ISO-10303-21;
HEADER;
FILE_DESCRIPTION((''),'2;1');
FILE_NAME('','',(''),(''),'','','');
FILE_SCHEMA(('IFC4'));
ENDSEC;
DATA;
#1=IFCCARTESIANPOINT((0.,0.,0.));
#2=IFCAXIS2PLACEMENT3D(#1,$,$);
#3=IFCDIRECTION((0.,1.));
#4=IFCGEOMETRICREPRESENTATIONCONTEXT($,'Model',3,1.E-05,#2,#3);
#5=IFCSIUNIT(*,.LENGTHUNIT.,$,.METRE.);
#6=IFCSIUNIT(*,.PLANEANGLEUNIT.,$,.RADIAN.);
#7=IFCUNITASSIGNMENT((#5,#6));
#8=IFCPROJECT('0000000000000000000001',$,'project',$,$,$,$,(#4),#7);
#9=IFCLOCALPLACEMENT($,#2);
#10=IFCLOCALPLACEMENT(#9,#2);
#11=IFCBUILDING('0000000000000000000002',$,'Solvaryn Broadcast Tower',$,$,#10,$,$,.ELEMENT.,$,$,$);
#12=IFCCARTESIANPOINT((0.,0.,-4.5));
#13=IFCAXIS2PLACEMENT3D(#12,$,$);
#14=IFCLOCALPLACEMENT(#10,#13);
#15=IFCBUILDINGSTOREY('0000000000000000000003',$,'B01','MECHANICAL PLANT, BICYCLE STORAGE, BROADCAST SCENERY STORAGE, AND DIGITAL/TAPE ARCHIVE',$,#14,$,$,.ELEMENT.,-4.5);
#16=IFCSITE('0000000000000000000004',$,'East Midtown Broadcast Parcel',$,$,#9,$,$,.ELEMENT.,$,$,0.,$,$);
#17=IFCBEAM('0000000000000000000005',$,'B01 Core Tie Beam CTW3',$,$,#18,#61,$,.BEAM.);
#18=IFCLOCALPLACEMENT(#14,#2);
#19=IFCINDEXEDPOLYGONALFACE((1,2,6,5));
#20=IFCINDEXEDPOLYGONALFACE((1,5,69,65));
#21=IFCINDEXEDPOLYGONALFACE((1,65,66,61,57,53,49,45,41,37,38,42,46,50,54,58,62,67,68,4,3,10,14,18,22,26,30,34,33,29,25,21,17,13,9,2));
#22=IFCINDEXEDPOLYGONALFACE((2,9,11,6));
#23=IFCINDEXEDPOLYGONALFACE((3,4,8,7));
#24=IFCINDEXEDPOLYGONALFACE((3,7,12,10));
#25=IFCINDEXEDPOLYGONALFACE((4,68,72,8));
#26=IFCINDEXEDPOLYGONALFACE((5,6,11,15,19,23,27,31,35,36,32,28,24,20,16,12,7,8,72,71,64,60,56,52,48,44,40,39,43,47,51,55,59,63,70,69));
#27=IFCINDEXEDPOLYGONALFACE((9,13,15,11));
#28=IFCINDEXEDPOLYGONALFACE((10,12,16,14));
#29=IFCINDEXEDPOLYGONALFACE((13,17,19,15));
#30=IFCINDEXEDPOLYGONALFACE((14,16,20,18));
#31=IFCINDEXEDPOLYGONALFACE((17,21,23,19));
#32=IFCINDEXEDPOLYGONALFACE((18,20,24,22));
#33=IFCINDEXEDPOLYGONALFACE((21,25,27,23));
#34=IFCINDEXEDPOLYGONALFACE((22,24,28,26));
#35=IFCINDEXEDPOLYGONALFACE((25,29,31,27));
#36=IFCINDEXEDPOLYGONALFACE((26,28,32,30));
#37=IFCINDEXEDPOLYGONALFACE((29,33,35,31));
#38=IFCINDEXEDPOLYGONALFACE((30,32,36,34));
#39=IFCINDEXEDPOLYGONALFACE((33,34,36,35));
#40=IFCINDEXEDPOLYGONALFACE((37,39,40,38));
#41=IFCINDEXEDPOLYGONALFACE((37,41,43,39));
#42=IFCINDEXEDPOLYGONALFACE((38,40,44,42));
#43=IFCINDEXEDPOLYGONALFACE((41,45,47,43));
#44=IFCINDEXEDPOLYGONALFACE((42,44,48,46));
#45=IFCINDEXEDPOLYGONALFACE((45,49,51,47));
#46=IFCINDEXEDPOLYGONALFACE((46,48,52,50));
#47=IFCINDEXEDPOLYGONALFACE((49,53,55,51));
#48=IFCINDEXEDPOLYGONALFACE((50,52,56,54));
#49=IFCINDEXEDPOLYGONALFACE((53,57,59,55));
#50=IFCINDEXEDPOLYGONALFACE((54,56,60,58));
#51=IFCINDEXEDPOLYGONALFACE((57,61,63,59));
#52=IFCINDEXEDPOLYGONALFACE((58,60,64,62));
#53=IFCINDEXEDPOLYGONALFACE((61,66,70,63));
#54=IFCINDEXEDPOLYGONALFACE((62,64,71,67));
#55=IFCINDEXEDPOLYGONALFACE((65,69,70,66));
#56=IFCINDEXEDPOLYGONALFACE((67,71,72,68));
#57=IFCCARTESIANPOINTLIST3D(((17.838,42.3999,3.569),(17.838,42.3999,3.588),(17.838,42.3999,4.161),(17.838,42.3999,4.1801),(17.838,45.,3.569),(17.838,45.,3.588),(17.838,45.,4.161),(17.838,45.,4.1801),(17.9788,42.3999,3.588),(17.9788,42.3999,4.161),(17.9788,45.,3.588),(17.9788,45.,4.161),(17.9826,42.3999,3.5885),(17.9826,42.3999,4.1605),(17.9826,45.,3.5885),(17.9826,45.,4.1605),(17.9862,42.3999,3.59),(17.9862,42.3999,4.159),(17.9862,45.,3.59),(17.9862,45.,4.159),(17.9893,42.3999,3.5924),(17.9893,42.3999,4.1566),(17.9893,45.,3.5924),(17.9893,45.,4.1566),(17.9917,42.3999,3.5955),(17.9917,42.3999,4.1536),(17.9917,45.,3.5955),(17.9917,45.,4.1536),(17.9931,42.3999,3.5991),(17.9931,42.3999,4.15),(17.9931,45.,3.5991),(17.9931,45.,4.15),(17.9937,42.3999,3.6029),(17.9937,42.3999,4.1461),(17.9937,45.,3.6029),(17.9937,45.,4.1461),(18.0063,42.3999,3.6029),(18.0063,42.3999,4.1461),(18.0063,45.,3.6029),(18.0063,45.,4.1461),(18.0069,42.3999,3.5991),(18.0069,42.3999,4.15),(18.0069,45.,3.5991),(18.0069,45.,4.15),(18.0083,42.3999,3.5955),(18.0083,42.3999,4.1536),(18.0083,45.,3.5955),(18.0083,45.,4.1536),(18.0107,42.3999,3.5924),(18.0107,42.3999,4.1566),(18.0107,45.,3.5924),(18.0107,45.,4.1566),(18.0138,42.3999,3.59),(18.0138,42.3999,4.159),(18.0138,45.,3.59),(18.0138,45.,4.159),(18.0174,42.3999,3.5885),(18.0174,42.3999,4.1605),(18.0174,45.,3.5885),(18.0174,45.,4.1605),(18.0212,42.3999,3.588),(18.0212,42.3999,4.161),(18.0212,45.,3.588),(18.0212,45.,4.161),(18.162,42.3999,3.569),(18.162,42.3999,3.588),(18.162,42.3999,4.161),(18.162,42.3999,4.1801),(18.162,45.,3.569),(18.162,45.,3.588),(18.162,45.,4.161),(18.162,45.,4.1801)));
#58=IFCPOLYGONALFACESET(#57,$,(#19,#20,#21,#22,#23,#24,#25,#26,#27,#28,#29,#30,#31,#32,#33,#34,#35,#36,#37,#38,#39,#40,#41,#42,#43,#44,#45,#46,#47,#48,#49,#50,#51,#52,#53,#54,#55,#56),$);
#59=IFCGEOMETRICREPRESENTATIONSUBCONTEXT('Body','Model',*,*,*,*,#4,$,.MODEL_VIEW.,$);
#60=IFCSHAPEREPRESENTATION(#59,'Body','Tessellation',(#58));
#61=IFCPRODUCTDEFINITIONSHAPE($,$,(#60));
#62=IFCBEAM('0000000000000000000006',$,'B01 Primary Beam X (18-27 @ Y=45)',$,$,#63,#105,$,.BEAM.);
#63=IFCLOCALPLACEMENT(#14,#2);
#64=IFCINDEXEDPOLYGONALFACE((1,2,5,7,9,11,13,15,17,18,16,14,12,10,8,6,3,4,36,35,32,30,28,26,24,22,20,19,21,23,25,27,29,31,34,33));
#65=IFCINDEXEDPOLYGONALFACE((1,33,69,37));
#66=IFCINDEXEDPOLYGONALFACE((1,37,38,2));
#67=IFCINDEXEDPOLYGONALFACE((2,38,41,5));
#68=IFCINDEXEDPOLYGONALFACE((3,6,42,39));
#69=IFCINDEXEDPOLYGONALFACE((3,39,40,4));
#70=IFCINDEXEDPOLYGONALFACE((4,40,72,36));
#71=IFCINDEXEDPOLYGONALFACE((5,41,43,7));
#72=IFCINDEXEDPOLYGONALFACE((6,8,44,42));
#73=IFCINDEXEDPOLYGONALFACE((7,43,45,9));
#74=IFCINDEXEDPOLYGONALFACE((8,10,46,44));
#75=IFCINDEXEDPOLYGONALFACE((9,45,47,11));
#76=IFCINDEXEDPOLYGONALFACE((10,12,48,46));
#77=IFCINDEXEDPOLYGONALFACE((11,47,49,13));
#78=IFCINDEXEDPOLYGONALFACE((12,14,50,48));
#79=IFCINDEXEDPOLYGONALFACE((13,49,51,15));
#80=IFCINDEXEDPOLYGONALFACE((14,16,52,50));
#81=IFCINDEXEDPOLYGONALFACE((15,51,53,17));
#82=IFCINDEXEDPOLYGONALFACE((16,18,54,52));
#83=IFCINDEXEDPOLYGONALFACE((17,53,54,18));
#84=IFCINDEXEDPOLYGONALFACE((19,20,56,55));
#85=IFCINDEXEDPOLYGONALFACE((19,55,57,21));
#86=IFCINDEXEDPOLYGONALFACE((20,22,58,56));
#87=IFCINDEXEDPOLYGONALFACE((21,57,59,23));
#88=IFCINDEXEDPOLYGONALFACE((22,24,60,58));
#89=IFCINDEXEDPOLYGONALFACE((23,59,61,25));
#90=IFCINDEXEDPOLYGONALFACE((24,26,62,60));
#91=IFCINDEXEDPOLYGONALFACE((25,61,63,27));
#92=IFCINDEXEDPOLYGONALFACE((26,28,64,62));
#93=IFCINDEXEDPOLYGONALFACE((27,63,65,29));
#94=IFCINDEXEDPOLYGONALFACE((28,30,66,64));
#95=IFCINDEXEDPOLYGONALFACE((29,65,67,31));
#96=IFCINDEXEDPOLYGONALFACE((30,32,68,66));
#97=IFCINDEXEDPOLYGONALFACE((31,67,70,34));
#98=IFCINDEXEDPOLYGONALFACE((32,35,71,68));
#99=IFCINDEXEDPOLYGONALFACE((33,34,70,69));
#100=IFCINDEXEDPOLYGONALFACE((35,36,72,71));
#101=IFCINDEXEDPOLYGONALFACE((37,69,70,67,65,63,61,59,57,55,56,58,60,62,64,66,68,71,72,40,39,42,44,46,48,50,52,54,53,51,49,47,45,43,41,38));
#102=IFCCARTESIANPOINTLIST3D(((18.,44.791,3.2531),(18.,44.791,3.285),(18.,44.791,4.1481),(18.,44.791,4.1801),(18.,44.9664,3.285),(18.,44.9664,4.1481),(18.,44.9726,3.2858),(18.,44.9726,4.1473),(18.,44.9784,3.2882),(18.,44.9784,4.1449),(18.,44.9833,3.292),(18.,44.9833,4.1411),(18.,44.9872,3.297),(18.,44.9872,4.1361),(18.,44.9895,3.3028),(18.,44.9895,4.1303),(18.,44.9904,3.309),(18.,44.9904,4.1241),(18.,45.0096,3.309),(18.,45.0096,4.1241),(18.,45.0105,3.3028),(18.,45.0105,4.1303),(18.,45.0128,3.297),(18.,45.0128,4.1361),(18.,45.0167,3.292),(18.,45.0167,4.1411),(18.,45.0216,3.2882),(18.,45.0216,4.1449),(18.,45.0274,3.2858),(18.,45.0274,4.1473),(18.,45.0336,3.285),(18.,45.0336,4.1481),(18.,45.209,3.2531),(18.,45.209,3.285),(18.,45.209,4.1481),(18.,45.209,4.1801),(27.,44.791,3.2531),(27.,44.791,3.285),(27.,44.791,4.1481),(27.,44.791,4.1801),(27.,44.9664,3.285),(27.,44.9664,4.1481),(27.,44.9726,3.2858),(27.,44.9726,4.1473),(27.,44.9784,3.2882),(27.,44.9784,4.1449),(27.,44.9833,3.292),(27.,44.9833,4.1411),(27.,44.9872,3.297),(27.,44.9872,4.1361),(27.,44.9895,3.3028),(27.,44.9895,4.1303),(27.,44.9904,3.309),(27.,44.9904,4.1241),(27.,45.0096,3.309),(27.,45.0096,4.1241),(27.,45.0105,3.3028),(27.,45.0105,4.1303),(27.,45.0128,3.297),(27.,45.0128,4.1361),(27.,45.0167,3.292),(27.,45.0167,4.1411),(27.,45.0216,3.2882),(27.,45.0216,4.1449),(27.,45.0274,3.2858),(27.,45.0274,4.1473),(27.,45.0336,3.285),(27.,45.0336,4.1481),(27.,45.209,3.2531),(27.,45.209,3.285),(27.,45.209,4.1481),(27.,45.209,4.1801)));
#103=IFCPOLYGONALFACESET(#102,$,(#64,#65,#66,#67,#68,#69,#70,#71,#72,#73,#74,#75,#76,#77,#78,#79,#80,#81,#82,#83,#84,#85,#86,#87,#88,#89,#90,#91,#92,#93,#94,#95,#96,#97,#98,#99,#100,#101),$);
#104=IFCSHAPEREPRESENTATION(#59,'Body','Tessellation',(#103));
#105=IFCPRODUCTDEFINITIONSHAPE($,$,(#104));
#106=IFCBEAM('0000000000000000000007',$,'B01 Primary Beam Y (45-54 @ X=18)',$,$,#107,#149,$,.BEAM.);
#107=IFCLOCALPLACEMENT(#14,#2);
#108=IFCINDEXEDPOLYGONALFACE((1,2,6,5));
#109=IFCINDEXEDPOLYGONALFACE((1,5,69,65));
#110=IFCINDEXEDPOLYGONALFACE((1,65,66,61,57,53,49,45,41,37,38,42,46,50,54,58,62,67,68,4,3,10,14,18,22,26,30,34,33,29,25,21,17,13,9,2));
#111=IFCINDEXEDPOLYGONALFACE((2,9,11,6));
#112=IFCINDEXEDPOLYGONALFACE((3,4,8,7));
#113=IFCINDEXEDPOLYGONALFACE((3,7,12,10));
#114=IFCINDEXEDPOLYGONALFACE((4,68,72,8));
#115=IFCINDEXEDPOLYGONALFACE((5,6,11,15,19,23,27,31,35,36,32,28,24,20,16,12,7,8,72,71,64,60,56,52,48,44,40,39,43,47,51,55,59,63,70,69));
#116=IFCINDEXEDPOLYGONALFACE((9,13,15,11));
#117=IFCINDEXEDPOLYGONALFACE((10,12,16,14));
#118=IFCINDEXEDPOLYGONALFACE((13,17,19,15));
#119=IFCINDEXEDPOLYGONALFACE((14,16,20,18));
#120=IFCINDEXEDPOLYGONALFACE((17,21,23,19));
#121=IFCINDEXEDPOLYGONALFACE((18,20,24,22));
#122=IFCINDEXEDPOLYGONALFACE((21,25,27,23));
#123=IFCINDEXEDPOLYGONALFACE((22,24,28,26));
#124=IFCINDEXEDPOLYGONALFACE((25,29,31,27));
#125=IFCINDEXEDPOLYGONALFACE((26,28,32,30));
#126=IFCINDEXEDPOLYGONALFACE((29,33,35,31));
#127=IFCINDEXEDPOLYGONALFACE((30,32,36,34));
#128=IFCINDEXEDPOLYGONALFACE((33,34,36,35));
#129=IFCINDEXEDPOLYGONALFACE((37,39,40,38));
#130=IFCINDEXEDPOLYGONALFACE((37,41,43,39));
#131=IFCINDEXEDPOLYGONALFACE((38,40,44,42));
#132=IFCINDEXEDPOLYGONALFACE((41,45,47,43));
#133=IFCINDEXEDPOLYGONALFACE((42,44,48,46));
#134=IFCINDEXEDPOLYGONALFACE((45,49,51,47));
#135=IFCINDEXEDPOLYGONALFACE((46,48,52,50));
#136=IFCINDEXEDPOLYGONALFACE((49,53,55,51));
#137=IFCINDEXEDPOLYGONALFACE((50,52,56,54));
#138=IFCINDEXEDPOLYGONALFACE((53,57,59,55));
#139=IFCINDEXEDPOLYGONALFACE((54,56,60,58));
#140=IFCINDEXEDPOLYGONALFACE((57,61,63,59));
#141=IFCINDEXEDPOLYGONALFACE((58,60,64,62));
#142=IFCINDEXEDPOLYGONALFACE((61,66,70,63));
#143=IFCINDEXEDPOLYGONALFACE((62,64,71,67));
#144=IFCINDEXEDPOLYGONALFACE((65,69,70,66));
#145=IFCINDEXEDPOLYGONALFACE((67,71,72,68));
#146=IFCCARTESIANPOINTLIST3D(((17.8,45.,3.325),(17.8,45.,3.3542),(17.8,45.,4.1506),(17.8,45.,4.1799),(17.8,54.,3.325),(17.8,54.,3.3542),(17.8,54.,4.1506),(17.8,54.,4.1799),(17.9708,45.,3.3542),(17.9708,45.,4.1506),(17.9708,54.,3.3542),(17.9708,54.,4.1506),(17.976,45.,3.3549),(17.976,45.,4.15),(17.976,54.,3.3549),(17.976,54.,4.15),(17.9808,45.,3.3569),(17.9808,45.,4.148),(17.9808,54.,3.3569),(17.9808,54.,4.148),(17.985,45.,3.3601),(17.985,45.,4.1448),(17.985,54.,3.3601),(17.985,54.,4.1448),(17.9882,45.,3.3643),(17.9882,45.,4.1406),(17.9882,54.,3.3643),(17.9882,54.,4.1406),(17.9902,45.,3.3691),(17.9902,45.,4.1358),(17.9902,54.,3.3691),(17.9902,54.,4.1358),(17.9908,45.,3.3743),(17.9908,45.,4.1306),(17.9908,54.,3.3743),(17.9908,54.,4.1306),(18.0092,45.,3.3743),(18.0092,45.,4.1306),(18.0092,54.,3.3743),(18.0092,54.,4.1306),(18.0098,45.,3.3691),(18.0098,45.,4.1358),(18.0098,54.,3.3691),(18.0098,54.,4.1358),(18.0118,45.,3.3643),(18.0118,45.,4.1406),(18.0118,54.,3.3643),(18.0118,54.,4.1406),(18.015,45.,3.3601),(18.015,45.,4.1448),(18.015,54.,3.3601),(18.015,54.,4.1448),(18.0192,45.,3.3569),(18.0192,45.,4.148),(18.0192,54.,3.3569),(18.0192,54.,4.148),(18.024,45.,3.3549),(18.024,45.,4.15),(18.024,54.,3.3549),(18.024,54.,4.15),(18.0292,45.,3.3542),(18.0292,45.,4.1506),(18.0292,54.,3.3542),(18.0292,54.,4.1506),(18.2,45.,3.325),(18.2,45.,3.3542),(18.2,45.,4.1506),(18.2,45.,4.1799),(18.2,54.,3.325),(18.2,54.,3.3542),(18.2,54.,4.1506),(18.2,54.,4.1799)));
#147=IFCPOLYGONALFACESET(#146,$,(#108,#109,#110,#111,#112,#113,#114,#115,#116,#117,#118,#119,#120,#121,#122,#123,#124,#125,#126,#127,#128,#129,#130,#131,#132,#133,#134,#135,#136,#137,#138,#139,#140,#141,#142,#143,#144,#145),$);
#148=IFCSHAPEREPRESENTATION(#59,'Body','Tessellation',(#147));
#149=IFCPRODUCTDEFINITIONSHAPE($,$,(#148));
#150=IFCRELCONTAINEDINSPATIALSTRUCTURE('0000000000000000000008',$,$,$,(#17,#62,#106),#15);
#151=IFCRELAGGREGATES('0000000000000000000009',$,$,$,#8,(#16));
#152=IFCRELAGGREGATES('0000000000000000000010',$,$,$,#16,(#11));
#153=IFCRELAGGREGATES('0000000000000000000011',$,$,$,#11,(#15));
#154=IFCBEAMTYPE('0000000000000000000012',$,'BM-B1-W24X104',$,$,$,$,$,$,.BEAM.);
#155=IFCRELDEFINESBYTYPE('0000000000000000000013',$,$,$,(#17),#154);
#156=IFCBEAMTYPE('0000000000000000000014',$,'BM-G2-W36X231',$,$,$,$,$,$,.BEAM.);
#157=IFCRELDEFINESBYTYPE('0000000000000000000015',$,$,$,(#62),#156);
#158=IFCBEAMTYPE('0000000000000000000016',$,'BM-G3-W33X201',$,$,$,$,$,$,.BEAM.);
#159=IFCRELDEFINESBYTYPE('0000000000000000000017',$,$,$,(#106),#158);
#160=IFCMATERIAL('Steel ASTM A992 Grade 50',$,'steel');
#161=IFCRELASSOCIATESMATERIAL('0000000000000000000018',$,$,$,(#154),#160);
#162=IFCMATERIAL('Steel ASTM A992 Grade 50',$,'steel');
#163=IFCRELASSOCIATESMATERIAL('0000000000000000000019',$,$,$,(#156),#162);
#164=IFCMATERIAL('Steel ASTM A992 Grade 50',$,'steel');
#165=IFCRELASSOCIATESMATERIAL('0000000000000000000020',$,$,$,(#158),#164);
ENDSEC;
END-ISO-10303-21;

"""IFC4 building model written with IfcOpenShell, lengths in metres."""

from ifc_helpers import new_model, si_unit, direction, frame, origin, origin_2d, place, context, subcontext, project, spatial, i_section, extrude, material, material_profile, profile_set, type_object, element, save


model = new_model("IFC4")

# Units and contexts
model_context = context("Model", 3, precision=1e-05, world=origin(), true_north=direction((0.0, 1.0)))
body_context = subcontext(model_context, "Body", "Model", "MODEL_VIEW")
ifc_project = project(units=[si_unit("LENGTHUNIT", "METRE"), si_unit("PLANEANGLEUNIT", "RADIAN")], contexts=[model_context])

# Site, building, storey
site_placement = place(None, origin())
site = spatial("IfcSite", under=ifc_project, at=site_placement, Name="East Midtown Broadcast Parcel", CompositionType="ELEMENT", RefElevation=0.0)
building_placement = place(site_placement, origin())
building = spatial("IfcBuilding", under=site, at=building_placement, Name="Solvaryn Broadcast Tower", CompositionType="ELEMENT")
storey_placement = place(building_placement, frame((0.0, 0.0, -4.5)))
storey = spatial("IfcBuildingStorey", under=building, at=storey_placement, Name="B01", Description="MECHANICAL PLANT, BICYCLE STORAGE, BROADCAST SCENERY STORAGE, AND DIGITAL/TAPE ARCHIVE", CompositionType="ELEMENT", Elevation=-4.5)

# Beams
ifc_material_1 = material(Name="Steel ASTM A992 Grade 50", Category="steel")
ifc_material_profile_1 = material_profile(ifc_material_1, i_section(OverallWidth=0.324, OverallDepth=0.6111, WebThickness=0.0127, FlangeThickness=0.019, FilletRadius=0.0149, at=origin_2d()))
ifc_profile_set_1 = profile_set([ifc_material_profile_1], Name="Steel ASTM A992 Grade 50")
beam_type_1 = type_object("IfcBeamType", Name="BM-B1-W24X104", PredefinedType="BEAM", material=ifc_profile_set_1)
beam_1_placement = place(storey_placement, frame((18.0, 42.3999, 3.8745), z_axis=(0.0, 1.0, 0.0), x_axis=(-1.0, 0.0, 0.0)))
element("IfcBeam", 1, at=beam_1_placement, inside=storey, type_object=beam_type_1, Name="B01 Core Tie Beam CTW3", PredefinedType="BEAM", context=body_context, shape_type="SweptSolid", body=[
    extrude(i_section(OverallWidth=0.324, OverallDepth=0.6111, WebThickness=0.0127, FlangeThickness=0.019, FilletRadius=0.0149, at=origin_2d()), origin(), (0.0, 0.0, 1.0), 2.6001),
])
ifc_material_2 = material(Name="Steel ASTM A992 Grade 50", Category="steel")
ifc_material_profile_2 = material_profile(ifc_material_2, i_section(OverallWidth=0.418, OverallDepth=0.927, WebThickness=0.0193, FlangeThickness=0.032, FilletRadius=0.0239, at=origin_2d()))
ifc_profile_set_2 = profile_set([ifc_material_profile_2], Name="Steel ASTM A992 Grade 50")
beam_type_2 = type_object("IfcBeamType", Name="BM-G2-W36X231", PredefinedType="BEAM", material=ifc_profile_set_2)
beam_2_placement = place(storey_placement, frame((18.0, 45.0, 3.7166), z_axis=(1.0, 0.0, 0.0), x_axis=(0.0, 1.0, 0.0)))
element("IfcBeam", 2, at=beam_2_placement, inside=storey, type_object=beam_type_2, Name="B01 Primary Beam X (18-27 @ Y=45)", PredefinedType="BEAM", context=body_context, shape_type="SweptSolid", body=[
    extrude(i_section(OverallWidth=0.418, OverallDepth=0.927, WebThickness=0.0193, FlangeThickness=0.032, FilletRadius=0.0239, at=origin_2d()), origin(), (0.0, 0.0, 1.0), 9.0),
])
ifc_material_3 = material(Name="Steel ASTM A992 Grade 50", Category="steel")
ifc_material_profile_3 = material_profile(ifc_material_3, i_section(OverallWidth=0.3999, OverallDepth=0.855, WebThickness=0.0183, FlangeThickness=0.0293, FilletRadius=0.02, at=origin_2d()))
ifc_profile_set_3 = profile_set([ifc_material_profile_3], Name="Steel ASTM A992 Grade 50")
beam_type_3 = type_object("IfcBeamType", Name="BM-G3-W33X201", PredefinedType="BEAM", material=ifc_profile_set_3)
beam_3_placement = place(storey_placement, frame((18.0, 45.0, 3.7524), z_axis=(0.0, 1.0, 0.0), x_axis=(-1.0, 0.0, 0.0)))
element("IfcBeam", 3, at=beam_3_placement, inside=storey, type_object=beam_type_3, Name="B01 Primary Beam Y (45-54 @ X=18)", PredefinedType="BEAM", context=body_context, shape_type="SweptSolid", body=[
    extrude(i_section(OverallWidth=0.3999, OverallDepth=0.855, WebThickness=0.0183, FlangeThickness=0.0293, FilletRadius=0.02, at=origin_2d()), origin(), (0.0, 0.0, 1.0), 9.0),
])

save(model, "model.ifc")
